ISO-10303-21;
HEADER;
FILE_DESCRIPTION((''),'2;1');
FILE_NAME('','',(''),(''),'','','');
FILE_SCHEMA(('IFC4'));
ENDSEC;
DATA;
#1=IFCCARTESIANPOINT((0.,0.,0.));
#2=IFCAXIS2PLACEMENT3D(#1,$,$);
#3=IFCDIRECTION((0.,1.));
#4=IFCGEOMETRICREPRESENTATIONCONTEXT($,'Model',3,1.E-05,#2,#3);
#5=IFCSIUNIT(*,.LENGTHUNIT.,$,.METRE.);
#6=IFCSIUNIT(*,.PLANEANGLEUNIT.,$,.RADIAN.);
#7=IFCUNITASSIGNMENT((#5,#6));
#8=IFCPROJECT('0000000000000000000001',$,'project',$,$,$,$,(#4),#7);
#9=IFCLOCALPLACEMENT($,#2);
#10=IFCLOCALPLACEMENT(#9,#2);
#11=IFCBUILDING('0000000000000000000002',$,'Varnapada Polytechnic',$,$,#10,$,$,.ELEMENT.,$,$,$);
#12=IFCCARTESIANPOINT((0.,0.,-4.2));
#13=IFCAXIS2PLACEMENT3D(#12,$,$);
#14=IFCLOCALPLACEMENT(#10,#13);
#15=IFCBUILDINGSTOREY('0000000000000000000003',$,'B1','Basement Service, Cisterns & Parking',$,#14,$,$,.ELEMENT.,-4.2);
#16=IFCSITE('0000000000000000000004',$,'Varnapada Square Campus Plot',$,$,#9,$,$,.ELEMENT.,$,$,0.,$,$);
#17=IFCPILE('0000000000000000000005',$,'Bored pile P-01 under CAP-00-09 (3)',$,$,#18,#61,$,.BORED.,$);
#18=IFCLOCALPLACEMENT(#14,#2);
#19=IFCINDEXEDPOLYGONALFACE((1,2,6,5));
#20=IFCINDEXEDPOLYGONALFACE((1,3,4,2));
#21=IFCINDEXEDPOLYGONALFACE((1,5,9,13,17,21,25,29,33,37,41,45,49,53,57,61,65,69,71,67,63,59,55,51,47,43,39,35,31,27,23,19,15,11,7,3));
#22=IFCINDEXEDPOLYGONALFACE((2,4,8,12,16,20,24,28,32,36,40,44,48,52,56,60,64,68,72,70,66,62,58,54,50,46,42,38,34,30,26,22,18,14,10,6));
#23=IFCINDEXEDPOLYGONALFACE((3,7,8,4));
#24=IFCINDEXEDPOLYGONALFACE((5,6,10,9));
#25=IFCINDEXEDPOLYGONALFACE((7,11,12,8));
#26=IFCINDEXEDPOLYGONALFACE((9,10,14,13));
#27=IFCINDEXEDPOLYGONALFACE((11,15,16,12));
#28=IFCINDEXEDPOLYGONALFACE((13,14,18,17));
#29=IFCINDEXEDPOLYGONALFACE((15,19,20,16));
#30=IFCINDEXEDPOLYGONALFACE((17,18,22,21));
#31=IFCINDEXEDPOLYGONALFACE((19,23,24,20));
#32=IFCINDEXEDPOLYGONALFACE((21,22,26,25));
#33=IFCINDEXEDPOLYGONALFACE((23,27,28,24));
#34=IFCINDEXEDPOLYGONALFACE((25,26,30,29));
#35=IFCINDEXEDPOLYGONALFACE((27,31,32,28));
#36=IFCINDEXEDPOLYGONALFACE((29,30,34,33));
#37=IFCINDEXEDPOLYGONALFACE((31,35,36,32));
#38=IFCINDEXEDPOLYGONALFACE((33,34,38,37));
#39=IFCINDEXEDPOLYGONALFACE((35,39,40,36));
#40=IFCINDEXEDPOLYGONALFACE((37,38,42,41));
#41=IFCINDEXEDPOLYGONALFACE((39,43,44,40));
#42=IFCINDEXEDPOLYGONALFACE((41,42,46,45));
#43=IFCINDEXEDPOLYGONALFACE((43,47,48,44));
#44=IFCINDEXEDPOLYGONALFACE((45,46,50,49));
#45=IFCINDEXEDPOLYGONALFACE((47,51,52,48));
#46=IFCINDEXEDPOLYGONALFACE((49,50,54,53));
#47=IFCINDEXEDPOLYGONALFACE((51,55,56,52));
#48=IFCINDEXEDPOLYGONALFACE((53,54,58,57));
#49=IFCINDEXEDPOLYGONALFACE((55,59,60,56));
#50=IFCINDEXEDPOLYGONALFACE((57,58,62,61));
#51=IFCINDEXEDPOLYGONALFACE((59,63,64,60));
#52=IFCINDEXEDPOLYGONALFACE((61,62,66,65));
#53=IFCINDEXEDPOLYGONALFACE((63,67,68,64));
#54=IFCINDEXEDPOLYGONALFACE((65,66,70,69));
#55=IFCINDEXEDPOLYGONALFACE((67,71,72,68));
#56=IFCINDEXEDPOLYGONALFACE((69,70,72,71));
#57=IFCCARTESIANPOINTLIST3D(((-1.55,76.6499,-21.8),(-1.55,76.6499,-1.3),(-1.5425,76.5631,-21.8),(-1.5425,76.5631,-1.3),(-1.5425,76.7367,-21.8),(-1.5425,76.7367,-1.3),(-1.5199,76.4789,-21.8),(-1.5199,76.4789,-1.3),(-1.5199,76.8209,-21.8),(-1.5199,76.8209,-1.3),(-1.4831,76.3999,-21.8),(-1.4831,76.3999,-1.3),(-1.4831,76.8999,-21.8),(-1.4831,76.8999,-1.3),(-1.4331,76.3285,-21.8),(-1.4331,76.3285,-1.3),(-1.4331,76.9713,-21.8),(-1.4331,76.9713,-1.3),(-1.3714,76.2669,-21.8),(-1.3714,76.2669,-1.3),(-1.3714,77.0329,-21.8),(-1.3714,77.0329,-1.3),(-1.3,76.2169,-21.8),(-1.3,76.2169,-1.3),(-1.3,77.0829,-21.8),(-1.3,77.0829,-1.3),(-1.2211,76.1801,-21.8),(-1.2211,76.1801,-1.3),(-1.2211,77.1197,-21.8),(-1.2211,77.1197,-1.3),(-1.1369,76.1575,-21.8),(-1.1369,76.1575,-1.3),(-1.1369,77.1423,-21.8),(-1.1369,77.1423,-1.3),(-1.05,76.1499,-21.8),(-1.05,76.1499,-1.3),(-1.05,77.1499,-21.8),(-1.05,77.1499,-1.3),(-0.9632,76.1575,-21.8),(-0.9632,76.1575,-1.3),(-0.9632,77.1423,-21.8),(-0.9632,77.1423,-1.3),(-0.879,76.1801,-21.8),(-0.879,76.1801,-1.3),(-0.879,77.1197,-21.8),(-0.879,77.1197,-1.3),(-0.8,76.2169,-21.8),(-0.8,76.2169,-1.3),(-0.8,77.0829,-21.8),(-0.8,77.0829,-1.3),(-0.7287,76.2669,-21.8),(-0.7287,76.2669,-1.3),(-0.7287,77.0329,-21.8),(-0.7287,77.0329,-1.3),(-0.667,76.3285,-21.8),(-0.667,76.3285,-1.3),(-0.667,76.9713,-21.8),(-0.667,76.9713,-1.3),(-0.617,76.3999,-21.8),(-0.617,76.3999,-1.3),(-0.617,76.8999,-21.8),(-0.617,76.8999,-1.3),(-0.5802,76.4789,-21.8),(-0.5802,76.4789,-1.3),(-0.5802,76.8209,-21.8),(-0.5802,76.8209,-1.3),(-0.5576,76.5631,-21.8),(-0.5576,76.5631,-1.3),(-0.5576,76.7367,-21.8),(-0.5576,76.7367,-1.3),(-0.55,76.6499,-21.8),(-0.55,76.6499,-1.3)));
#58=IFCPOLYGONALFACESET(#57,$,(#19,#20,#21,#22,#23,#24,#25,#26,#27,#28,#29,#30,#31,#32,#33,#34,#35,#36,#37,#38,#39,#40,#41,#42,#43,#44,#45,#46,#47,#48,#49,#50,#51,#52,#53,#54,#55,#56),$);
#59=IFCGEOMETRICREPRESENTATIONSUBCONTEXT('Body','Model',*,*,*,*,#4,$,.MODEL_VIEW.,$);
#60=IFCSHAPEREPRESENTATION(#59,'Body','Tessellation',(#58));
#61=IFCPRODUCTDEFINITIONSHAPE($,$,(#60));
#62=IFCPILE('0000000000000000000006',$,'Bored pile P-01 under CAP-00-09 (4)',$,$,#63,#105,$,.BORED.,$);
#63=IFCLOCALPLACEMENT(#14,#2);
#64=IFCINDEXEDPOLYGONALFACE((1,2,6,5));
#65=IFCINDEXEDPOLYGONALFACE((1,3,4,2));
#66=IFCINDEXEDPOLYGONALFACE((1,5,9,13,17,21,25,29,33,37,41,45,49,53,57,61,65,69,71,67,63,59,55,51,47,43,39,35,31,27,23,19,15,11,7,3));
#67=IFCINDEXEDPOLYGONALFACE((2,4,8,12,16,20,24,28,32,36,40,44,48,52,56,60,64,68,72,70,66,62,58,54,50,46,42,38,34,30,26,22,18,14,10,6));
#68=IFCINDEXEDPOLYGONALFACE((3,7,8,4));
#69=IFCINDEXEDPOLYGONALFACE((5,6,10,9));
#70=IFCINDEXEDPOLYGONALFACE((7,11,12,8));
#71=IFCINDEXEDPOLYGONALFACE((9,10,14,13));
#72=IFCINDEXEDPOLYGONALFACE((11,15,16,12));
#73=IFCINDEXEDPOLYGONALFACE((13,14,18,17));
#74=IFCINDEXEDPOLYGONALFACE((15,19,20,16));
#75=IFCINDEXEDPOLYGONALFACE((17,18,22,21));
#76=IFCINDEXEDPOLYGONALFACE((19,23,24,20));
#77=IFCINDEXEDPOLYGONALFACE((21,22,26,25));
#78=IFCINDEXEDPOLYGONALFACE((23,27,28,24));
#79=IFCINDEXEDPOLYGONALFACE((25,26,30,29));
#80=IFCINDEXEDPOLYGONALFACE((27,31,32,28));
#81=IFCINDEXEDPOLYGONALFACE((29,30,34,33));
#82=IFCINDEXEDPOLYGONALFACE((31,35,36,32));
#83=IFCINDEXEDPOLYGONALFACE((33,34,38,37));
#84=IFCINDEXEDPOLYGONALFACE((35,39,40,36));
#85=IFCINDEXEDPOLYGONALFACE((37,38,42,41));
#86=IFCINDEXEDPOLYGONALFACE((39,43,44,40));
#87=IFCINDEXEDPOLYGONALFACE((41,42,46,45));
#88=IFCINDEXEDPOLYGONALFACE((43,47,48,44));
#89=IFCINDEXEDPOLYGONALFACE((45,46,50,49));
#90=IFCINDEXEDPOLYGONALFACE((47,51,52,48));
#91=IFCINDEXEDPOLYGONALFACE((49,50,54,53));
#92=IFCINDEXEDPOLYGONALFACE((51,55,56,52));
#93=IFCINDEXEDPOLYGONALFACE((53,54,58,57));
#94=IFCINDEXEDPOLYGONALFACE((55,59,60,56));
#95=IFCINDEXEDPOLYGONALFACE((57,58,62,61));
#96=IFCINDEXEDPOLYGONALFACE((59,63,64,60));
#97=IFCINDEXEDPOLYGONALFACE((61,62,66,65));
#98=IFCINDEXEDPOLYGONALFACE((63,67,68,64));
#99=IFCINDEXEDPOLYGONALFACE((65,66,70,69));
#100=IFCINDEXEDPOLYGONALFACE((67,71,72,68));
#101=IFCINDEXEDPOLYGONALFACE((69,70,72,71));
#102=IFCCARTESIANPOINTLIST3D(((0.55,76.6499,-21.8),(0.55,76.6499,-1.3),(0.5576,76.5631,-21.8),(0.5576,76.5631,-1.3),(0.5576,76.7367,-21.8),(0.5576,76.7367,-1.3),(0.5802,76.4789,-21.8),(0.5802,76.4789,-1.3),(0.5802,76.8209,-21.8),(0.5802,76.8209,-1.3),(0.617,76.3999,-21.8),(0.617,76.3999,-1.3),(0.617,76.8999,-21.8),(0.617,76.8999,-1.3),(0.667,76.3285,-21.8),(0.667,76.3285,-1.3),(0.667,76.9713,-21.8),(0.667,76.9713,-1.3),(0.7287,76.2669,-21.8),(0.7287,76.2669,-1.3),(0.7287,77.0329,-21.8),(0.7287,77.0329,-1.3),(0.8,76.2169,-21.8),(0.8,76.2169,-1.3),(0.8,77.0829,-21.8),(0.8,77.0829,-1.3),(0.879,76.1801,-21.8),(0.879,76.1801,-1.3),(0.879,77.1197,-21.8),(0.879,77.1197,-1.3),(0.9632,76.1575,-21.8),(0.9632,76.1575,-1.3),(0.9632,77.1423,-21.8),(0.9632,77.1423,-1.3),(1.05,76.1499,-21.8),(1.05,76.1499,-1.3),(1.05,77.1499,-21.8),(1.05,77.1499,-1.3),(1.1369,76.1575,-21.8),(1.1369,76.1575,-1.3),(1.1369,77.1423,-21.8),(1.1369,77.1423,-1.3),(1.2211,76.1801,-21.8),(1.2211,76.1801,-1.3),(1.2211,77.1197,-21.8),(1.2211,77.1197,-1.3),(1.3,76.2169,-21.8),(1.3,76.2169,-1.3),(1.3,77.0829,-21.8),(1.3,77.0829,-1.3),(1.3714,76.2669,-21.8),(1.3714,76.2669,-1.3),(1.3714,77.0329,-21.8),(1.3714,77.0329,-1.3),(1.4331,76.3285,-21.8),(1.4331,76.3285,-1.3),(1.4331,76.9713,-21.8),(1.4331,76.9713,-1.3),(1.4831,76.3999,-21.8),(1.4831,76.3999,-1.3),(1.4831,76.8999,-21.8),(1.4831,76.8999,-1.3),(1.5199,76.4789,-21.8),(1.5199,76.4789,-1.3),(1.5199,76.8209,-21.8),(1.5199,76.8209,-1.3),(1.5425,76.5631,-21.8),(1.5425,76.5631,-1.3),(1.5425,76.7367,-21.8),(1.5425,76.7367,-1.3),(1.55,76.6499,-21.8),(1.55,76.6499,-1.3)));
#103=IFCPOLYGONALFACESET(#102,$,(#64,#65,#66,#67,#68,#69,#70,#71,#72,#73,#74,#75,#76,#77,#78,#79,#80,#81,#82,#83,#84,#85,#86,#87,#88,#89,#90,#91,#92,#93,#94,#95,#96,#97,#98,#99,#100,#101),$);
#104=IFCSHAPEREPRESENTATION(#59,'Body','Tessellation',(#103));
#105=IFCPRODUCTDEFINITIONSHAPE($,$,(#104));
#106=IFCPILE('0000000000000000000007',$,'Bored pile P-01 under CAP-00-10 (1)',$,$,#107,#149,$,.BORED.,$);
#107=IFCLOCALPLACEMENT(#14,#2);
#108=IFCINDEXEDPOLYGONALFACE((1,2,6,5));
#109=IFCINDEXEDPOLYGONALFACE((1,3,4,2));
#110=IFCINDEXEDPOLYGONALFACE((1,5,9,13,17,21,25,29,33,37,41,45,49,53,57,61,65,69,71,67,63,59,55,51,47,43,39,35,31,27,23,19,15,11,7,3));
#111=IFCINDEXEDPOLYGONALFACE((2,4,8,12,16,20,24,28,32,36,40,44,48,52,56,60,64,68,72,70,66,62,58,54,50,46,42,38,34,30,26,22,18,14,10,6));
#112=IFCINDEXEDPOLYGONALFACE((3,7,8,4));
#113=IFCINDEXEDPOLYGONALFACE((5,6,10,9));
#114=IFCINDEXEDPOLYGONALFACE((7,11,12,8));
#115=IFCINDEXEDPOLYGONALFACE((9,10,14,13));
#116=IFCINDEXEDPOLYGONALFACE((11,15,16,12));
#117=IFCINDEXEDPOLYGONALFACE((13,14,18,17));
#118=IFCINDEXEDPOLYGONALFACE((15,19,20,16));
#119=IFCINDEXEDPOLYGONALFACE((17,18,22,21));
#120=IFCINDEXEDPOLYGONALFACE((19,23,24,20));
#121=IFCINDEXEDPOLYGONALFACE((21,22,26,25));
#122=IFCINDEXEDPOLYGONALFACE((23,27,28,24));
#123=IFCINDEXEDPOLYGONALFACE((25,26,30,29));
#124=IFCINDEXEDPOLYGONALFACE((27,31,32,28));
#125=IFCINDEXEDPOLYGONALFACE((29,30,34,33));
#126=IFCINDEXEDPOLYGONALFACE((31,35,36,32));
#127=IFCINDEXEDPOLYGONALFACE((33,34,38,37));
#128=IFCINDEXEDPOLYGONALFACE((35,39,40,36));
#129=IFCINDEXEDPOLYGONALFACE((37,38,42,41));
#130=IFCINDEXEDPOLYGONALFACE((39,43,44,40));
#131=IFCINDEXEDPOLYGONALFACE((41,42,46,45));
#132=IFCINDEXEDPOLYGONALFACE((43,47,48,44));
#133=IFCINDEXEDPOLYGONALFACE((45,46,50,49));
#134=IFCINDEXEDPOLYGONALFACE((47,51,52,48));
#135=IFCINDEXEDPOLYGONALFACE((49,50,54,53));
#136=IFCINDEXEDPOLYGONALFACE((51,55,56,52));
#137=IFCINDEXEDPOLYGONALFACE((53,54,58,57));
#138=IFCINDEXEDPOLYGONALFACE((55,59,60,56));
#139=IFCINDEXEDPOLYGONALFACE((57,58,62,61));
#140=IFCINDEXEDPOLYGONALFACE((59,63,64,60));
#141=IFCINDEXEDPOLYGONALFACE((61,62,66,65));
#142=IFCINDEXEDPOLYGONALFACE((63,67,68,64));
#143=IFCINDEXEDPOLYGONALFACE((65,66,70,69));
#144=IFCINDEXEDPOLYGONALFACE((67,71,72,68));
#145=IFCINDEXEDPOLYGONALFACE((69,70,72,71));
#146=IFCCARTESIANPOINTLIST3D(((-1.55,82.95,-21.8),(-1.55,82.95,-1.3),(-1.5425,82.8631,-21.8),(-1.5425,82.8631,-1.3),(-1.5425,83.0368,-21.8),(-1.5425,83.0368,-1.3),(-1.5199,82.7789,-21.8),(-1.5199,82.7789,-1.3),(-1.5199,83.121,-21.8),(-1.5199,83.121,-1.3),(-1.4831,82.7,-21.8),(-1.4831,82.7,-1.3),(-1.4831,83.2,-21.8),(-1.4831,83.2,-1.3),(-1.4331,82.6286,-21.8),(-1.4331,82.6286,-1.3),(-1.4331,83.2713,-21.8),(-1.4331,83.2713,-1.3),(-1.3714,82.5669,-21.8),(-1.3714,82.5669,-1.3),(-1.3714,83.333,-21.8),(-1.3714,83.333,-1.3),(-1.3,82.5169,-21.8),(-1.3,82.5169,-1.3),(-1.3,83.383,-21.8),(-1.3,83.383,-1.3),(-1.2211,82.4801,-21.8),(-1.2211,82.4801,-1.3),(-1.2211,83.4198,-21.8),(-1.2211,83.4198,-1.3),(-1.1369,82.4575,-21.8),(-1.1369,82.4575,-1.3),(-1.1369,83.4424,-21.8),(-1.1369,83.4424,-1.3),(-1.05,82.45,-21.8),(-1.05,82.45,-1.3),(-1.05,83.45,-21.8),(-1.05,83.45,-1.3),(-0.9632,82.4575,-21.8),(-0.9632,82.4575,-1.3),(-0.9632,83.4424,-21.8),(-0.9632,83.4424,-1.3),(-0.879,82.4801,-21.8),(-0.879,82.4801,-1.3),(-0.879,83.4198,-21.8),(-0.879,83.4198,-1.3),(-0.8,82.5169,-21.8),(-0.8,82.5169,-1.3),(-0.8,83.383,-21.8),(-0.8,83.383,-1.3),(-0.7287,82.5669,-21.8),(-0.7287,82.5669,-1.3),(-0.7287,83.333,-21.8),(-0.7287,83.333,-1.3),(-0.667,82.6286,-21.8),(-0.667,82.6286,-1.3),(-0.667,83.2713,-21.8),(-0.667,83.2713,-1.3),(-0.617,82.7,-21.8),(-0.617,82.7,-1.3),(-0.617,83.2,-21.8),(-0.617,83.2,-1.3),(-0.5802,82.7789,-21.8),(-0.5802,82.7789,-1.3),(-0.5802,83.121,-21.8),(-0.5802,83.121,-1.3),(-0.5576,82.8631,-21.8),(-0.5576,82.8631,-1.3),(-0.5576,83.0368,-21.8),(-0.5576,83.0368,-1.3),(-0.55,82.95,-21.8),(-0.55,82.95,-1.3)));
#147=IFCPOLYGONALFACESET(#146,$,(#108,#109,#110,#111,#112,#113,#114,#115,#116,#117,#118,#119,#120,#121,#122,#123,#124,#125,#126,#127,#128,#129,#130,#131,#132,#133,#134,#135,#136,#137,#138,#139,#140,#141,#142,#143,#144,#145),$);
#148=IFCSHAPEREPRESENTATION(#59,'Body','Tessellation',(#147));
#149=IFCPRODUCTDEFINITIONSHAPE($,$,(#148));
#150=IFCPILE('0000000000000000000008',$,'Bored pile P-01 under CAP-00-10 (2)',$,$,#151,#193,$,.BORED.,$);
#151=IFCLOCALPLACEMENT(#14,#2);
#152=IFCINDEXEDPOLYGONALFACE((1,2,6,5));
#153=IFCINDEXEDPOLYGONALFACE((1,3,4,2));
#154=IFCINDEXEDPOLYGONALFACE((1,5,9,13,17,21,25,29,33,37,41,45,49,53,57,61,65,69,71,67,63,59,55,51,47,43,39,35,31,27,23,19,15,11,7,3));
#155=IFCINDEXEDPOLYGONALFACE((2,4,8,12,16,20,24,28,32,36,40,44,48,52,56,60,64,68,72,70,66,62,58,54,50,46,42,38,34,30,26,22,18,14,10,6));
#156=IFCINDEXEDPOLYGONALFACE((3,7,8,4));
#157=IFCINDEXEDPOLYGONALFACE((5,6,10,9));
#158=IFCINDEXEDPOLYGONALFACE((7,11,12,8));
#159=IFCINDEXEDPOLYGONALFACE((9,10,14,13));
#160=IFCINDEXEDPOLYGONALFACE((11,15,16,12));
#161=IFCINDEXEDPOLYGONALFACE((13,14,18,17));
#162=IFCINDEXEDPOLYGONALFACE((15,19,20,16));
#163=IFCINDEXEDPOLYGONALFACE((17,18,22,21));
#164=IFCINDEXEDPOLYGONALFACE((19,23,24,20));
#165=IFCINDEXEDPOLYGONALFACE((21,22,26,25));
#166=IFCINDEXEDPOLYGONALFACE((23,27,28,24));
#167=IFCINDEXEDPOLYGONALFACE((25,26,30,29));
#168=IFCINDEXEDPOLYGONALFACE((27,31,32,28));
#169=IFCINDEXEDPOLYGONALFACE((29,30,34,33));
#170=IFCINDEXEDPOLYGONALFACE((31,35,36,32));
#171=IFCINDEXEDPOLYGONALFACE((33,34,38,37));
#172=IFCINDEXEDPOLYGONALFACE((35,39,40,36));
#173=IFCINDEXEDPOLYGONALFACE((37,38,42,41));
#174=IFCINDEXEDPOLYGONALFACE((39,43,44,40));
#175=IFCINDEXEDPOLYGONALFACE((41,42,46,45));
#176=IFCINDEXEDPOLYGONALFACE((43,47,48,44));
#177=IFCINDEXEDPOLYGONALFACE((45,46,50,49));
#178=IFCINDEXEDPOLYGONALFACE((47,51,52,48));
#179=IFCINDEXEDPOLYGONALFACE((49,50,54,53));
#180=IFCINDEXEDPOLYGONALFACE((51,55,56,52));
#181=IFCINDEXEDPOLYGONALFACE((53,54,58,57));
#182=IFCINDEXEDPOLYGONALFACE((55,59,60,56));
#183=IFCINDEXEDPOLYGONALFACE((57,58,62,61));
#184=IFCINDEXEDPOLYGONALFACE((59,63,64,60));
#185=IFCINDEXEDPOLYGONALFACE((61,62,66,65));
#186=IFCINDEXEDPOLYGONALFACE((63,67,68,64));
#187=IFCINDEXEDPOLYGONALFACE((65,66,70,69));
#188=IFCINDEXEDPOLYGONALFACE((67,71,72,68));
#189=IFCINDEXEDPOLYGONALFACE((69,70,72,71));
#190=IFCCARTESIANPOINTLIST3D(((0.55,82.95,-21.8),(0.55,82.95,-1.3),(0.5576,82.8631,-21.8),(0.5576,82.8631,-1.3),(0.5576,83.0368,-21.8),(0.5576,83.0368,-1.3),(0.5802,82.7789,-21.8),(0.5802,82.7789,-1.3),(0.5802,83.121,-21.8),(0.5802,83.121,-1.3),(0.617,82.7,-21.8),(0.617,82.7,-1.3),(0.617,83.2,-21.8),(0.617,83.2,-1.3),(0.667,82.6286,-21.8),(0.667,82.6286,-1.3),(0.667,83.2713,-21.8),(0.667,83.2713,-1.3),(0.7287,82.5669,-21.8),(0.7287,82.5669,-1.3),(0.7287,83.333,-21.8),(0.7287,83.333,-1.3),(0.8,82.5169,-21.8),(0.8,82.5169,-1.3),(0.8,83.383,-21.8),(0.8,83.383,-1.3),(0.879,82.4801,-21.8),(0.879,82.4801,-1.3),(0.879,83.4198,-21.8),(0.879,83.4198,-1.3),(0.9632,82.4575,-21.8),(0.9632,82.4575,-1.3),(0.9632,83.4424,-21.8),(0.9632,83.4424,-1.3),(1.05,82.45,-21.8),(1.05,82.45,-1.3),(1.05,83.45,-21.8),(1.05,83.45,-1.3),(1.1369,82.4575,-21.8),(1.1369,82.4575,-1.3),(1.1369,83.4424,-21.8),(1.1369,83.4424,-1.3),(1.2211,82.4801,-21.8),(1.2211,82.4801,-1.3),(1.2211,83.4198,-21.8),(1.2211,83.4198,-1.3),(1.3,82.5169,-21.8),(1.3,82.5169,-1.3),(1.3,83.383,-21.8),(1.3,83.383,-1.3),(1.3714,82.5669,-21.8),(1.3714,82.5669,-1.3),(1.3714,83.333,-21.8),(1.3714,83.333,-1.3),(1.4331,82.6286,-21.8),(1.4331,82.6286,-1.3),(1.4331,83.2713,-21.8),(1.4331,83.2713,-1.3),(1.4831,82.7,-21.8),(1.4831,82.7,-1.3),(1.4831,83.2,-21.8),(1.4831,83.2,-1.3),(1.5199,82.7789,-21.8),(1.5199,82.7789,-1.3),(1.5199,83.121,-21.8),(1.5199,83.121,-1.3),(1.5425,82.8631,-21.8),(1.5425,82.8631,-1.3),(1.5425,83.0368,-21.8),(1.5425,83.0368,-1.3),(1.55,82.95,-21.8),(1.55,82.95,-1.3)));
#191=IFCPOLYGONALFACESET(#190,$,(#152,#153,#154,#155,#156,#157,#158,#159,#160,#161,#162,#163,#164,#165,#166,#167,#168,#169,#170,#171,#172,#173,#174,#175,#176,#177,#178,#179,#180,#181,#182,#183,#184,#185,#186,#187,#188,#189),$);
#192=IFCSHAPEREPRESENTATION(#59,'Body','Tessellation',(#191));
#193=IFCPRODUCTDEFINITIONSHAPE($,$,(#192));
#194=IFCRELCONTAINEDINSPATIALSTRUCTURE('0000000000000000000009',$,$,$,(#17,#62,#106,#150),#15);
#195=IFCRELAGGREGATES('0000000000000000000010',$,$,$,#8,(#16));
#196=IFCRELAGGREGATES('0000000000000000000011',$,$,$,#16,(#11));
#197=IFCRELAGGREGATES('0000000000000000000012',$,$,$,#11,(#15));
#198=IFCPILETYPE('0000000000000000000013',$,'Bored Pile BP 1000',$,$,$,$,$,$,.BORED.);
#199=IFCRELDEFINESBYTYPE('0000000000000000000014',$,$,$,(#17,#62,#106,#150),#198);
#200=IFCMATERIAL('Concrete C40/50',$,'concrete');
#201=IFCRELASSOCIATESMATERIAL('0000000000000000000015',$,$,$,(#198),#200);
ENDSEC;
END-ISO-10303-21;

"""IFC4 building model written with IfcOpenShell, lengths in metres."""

from ifc_helpers import new_model, si_unit, direction, frame, origin, origin_2d, place, context, subcontext, project, spatial, circle, extrude, material, material_profile, profile_set, type_object, element, save


model = new_model("IFC4")

# Units and contexts
model_context = context("Model", 3, precision=1e-05, world=origin(), true_north=direction((0.0, 1.0)))
body_context = subcontext(model_context, "Body", "Model", "MODEL_VIEW")
ifc_project = project(units=[si_unit("LENGTHUNIT", "METRE"), si_unit("PLANEANGLEUNIT", "RADIAN")], contexts=[model_context])

# Site, building, storey
site_placement = place(None, origin())
site = spatial("IfcSite", under=ifc_project, at=site_placement, Name="Varnapada Square Campus Plot", CompositionType="ELEMENT", RefElevation=0.0)
building_placement = place(site_placement, origin())
building = spatial("IfcBuilding", under=site, at=building_placement, Name="Varnapada Polytechnic", CompositionType="ELEMENT")
storey_placement = place(building_placement, frame((0.0, 0.0, -4.2)))
storey = spatial("IfcBuildingStorey", under=building, at=storey_placement, Name="B1", Description="Basement Service, Cisterns & Parking", CompositionType="ELEMENT", Elevation=-4.2)

# Piles
ifc_material_1 = material(Name="Concrete C40/50", Category="concrete")
ifc_material_profile_1 = material_profile(ifc_material_1, circle(Radius=0.5, at=origin_2d()), Name="BP 1000")
ifc_profile_set_1 = profile_set([ifc_material_profile_1], Name="Concrete C40/50")
pile_type_1 = type_object("IfcPileType", Name="Bored Pile BP 1000", PredefinedType="BORED", material=ifc_profile_set_1)
for number, where, z_axis, x_axis, name in (
    (1, (-1.05, 76.6499, -1.3), (0.0, 0.0, -1.0), (1.0, 0.0, 0.0), "Bored pile P-01 under CAP-00-09 (3)"),
    (2, (1.05, 76.6499, -1.3), (0.0, 0.0, -1.0), (1.0, 0.0, 0.0), "Bored pile P-01 under CAP-00-09 (4)"),
    (3, (-1.05, 82.95, -1.3), (0.0, 0.0, -1.0), (1.0, 0.0, 0.0), "Bored pile P-01 under CAP-00-10 (1)"),
    (4, (1.05, 82.95, -1.3), (0.0, 0.0, -1.0), (1.0, 0.0, 0.0), "Bored pile P-01 under CAP-00-10 (2)"),
):
    element("IfcPile", number, at=place(storey_placement, frame(where, z_axis=z_axis, x_axis=x_axis)), inside=storey, type_object=pile_type_1, Name=name, PredefinedType="BORED", context=body_context, shape_type="SweptSolid", body=[
        extrude(circle(Radius=0.5, at=origin_2d()), origin(), (0.0, 0.0, 1.0), 20.5),
    ])

save(model, "model.ifc")
